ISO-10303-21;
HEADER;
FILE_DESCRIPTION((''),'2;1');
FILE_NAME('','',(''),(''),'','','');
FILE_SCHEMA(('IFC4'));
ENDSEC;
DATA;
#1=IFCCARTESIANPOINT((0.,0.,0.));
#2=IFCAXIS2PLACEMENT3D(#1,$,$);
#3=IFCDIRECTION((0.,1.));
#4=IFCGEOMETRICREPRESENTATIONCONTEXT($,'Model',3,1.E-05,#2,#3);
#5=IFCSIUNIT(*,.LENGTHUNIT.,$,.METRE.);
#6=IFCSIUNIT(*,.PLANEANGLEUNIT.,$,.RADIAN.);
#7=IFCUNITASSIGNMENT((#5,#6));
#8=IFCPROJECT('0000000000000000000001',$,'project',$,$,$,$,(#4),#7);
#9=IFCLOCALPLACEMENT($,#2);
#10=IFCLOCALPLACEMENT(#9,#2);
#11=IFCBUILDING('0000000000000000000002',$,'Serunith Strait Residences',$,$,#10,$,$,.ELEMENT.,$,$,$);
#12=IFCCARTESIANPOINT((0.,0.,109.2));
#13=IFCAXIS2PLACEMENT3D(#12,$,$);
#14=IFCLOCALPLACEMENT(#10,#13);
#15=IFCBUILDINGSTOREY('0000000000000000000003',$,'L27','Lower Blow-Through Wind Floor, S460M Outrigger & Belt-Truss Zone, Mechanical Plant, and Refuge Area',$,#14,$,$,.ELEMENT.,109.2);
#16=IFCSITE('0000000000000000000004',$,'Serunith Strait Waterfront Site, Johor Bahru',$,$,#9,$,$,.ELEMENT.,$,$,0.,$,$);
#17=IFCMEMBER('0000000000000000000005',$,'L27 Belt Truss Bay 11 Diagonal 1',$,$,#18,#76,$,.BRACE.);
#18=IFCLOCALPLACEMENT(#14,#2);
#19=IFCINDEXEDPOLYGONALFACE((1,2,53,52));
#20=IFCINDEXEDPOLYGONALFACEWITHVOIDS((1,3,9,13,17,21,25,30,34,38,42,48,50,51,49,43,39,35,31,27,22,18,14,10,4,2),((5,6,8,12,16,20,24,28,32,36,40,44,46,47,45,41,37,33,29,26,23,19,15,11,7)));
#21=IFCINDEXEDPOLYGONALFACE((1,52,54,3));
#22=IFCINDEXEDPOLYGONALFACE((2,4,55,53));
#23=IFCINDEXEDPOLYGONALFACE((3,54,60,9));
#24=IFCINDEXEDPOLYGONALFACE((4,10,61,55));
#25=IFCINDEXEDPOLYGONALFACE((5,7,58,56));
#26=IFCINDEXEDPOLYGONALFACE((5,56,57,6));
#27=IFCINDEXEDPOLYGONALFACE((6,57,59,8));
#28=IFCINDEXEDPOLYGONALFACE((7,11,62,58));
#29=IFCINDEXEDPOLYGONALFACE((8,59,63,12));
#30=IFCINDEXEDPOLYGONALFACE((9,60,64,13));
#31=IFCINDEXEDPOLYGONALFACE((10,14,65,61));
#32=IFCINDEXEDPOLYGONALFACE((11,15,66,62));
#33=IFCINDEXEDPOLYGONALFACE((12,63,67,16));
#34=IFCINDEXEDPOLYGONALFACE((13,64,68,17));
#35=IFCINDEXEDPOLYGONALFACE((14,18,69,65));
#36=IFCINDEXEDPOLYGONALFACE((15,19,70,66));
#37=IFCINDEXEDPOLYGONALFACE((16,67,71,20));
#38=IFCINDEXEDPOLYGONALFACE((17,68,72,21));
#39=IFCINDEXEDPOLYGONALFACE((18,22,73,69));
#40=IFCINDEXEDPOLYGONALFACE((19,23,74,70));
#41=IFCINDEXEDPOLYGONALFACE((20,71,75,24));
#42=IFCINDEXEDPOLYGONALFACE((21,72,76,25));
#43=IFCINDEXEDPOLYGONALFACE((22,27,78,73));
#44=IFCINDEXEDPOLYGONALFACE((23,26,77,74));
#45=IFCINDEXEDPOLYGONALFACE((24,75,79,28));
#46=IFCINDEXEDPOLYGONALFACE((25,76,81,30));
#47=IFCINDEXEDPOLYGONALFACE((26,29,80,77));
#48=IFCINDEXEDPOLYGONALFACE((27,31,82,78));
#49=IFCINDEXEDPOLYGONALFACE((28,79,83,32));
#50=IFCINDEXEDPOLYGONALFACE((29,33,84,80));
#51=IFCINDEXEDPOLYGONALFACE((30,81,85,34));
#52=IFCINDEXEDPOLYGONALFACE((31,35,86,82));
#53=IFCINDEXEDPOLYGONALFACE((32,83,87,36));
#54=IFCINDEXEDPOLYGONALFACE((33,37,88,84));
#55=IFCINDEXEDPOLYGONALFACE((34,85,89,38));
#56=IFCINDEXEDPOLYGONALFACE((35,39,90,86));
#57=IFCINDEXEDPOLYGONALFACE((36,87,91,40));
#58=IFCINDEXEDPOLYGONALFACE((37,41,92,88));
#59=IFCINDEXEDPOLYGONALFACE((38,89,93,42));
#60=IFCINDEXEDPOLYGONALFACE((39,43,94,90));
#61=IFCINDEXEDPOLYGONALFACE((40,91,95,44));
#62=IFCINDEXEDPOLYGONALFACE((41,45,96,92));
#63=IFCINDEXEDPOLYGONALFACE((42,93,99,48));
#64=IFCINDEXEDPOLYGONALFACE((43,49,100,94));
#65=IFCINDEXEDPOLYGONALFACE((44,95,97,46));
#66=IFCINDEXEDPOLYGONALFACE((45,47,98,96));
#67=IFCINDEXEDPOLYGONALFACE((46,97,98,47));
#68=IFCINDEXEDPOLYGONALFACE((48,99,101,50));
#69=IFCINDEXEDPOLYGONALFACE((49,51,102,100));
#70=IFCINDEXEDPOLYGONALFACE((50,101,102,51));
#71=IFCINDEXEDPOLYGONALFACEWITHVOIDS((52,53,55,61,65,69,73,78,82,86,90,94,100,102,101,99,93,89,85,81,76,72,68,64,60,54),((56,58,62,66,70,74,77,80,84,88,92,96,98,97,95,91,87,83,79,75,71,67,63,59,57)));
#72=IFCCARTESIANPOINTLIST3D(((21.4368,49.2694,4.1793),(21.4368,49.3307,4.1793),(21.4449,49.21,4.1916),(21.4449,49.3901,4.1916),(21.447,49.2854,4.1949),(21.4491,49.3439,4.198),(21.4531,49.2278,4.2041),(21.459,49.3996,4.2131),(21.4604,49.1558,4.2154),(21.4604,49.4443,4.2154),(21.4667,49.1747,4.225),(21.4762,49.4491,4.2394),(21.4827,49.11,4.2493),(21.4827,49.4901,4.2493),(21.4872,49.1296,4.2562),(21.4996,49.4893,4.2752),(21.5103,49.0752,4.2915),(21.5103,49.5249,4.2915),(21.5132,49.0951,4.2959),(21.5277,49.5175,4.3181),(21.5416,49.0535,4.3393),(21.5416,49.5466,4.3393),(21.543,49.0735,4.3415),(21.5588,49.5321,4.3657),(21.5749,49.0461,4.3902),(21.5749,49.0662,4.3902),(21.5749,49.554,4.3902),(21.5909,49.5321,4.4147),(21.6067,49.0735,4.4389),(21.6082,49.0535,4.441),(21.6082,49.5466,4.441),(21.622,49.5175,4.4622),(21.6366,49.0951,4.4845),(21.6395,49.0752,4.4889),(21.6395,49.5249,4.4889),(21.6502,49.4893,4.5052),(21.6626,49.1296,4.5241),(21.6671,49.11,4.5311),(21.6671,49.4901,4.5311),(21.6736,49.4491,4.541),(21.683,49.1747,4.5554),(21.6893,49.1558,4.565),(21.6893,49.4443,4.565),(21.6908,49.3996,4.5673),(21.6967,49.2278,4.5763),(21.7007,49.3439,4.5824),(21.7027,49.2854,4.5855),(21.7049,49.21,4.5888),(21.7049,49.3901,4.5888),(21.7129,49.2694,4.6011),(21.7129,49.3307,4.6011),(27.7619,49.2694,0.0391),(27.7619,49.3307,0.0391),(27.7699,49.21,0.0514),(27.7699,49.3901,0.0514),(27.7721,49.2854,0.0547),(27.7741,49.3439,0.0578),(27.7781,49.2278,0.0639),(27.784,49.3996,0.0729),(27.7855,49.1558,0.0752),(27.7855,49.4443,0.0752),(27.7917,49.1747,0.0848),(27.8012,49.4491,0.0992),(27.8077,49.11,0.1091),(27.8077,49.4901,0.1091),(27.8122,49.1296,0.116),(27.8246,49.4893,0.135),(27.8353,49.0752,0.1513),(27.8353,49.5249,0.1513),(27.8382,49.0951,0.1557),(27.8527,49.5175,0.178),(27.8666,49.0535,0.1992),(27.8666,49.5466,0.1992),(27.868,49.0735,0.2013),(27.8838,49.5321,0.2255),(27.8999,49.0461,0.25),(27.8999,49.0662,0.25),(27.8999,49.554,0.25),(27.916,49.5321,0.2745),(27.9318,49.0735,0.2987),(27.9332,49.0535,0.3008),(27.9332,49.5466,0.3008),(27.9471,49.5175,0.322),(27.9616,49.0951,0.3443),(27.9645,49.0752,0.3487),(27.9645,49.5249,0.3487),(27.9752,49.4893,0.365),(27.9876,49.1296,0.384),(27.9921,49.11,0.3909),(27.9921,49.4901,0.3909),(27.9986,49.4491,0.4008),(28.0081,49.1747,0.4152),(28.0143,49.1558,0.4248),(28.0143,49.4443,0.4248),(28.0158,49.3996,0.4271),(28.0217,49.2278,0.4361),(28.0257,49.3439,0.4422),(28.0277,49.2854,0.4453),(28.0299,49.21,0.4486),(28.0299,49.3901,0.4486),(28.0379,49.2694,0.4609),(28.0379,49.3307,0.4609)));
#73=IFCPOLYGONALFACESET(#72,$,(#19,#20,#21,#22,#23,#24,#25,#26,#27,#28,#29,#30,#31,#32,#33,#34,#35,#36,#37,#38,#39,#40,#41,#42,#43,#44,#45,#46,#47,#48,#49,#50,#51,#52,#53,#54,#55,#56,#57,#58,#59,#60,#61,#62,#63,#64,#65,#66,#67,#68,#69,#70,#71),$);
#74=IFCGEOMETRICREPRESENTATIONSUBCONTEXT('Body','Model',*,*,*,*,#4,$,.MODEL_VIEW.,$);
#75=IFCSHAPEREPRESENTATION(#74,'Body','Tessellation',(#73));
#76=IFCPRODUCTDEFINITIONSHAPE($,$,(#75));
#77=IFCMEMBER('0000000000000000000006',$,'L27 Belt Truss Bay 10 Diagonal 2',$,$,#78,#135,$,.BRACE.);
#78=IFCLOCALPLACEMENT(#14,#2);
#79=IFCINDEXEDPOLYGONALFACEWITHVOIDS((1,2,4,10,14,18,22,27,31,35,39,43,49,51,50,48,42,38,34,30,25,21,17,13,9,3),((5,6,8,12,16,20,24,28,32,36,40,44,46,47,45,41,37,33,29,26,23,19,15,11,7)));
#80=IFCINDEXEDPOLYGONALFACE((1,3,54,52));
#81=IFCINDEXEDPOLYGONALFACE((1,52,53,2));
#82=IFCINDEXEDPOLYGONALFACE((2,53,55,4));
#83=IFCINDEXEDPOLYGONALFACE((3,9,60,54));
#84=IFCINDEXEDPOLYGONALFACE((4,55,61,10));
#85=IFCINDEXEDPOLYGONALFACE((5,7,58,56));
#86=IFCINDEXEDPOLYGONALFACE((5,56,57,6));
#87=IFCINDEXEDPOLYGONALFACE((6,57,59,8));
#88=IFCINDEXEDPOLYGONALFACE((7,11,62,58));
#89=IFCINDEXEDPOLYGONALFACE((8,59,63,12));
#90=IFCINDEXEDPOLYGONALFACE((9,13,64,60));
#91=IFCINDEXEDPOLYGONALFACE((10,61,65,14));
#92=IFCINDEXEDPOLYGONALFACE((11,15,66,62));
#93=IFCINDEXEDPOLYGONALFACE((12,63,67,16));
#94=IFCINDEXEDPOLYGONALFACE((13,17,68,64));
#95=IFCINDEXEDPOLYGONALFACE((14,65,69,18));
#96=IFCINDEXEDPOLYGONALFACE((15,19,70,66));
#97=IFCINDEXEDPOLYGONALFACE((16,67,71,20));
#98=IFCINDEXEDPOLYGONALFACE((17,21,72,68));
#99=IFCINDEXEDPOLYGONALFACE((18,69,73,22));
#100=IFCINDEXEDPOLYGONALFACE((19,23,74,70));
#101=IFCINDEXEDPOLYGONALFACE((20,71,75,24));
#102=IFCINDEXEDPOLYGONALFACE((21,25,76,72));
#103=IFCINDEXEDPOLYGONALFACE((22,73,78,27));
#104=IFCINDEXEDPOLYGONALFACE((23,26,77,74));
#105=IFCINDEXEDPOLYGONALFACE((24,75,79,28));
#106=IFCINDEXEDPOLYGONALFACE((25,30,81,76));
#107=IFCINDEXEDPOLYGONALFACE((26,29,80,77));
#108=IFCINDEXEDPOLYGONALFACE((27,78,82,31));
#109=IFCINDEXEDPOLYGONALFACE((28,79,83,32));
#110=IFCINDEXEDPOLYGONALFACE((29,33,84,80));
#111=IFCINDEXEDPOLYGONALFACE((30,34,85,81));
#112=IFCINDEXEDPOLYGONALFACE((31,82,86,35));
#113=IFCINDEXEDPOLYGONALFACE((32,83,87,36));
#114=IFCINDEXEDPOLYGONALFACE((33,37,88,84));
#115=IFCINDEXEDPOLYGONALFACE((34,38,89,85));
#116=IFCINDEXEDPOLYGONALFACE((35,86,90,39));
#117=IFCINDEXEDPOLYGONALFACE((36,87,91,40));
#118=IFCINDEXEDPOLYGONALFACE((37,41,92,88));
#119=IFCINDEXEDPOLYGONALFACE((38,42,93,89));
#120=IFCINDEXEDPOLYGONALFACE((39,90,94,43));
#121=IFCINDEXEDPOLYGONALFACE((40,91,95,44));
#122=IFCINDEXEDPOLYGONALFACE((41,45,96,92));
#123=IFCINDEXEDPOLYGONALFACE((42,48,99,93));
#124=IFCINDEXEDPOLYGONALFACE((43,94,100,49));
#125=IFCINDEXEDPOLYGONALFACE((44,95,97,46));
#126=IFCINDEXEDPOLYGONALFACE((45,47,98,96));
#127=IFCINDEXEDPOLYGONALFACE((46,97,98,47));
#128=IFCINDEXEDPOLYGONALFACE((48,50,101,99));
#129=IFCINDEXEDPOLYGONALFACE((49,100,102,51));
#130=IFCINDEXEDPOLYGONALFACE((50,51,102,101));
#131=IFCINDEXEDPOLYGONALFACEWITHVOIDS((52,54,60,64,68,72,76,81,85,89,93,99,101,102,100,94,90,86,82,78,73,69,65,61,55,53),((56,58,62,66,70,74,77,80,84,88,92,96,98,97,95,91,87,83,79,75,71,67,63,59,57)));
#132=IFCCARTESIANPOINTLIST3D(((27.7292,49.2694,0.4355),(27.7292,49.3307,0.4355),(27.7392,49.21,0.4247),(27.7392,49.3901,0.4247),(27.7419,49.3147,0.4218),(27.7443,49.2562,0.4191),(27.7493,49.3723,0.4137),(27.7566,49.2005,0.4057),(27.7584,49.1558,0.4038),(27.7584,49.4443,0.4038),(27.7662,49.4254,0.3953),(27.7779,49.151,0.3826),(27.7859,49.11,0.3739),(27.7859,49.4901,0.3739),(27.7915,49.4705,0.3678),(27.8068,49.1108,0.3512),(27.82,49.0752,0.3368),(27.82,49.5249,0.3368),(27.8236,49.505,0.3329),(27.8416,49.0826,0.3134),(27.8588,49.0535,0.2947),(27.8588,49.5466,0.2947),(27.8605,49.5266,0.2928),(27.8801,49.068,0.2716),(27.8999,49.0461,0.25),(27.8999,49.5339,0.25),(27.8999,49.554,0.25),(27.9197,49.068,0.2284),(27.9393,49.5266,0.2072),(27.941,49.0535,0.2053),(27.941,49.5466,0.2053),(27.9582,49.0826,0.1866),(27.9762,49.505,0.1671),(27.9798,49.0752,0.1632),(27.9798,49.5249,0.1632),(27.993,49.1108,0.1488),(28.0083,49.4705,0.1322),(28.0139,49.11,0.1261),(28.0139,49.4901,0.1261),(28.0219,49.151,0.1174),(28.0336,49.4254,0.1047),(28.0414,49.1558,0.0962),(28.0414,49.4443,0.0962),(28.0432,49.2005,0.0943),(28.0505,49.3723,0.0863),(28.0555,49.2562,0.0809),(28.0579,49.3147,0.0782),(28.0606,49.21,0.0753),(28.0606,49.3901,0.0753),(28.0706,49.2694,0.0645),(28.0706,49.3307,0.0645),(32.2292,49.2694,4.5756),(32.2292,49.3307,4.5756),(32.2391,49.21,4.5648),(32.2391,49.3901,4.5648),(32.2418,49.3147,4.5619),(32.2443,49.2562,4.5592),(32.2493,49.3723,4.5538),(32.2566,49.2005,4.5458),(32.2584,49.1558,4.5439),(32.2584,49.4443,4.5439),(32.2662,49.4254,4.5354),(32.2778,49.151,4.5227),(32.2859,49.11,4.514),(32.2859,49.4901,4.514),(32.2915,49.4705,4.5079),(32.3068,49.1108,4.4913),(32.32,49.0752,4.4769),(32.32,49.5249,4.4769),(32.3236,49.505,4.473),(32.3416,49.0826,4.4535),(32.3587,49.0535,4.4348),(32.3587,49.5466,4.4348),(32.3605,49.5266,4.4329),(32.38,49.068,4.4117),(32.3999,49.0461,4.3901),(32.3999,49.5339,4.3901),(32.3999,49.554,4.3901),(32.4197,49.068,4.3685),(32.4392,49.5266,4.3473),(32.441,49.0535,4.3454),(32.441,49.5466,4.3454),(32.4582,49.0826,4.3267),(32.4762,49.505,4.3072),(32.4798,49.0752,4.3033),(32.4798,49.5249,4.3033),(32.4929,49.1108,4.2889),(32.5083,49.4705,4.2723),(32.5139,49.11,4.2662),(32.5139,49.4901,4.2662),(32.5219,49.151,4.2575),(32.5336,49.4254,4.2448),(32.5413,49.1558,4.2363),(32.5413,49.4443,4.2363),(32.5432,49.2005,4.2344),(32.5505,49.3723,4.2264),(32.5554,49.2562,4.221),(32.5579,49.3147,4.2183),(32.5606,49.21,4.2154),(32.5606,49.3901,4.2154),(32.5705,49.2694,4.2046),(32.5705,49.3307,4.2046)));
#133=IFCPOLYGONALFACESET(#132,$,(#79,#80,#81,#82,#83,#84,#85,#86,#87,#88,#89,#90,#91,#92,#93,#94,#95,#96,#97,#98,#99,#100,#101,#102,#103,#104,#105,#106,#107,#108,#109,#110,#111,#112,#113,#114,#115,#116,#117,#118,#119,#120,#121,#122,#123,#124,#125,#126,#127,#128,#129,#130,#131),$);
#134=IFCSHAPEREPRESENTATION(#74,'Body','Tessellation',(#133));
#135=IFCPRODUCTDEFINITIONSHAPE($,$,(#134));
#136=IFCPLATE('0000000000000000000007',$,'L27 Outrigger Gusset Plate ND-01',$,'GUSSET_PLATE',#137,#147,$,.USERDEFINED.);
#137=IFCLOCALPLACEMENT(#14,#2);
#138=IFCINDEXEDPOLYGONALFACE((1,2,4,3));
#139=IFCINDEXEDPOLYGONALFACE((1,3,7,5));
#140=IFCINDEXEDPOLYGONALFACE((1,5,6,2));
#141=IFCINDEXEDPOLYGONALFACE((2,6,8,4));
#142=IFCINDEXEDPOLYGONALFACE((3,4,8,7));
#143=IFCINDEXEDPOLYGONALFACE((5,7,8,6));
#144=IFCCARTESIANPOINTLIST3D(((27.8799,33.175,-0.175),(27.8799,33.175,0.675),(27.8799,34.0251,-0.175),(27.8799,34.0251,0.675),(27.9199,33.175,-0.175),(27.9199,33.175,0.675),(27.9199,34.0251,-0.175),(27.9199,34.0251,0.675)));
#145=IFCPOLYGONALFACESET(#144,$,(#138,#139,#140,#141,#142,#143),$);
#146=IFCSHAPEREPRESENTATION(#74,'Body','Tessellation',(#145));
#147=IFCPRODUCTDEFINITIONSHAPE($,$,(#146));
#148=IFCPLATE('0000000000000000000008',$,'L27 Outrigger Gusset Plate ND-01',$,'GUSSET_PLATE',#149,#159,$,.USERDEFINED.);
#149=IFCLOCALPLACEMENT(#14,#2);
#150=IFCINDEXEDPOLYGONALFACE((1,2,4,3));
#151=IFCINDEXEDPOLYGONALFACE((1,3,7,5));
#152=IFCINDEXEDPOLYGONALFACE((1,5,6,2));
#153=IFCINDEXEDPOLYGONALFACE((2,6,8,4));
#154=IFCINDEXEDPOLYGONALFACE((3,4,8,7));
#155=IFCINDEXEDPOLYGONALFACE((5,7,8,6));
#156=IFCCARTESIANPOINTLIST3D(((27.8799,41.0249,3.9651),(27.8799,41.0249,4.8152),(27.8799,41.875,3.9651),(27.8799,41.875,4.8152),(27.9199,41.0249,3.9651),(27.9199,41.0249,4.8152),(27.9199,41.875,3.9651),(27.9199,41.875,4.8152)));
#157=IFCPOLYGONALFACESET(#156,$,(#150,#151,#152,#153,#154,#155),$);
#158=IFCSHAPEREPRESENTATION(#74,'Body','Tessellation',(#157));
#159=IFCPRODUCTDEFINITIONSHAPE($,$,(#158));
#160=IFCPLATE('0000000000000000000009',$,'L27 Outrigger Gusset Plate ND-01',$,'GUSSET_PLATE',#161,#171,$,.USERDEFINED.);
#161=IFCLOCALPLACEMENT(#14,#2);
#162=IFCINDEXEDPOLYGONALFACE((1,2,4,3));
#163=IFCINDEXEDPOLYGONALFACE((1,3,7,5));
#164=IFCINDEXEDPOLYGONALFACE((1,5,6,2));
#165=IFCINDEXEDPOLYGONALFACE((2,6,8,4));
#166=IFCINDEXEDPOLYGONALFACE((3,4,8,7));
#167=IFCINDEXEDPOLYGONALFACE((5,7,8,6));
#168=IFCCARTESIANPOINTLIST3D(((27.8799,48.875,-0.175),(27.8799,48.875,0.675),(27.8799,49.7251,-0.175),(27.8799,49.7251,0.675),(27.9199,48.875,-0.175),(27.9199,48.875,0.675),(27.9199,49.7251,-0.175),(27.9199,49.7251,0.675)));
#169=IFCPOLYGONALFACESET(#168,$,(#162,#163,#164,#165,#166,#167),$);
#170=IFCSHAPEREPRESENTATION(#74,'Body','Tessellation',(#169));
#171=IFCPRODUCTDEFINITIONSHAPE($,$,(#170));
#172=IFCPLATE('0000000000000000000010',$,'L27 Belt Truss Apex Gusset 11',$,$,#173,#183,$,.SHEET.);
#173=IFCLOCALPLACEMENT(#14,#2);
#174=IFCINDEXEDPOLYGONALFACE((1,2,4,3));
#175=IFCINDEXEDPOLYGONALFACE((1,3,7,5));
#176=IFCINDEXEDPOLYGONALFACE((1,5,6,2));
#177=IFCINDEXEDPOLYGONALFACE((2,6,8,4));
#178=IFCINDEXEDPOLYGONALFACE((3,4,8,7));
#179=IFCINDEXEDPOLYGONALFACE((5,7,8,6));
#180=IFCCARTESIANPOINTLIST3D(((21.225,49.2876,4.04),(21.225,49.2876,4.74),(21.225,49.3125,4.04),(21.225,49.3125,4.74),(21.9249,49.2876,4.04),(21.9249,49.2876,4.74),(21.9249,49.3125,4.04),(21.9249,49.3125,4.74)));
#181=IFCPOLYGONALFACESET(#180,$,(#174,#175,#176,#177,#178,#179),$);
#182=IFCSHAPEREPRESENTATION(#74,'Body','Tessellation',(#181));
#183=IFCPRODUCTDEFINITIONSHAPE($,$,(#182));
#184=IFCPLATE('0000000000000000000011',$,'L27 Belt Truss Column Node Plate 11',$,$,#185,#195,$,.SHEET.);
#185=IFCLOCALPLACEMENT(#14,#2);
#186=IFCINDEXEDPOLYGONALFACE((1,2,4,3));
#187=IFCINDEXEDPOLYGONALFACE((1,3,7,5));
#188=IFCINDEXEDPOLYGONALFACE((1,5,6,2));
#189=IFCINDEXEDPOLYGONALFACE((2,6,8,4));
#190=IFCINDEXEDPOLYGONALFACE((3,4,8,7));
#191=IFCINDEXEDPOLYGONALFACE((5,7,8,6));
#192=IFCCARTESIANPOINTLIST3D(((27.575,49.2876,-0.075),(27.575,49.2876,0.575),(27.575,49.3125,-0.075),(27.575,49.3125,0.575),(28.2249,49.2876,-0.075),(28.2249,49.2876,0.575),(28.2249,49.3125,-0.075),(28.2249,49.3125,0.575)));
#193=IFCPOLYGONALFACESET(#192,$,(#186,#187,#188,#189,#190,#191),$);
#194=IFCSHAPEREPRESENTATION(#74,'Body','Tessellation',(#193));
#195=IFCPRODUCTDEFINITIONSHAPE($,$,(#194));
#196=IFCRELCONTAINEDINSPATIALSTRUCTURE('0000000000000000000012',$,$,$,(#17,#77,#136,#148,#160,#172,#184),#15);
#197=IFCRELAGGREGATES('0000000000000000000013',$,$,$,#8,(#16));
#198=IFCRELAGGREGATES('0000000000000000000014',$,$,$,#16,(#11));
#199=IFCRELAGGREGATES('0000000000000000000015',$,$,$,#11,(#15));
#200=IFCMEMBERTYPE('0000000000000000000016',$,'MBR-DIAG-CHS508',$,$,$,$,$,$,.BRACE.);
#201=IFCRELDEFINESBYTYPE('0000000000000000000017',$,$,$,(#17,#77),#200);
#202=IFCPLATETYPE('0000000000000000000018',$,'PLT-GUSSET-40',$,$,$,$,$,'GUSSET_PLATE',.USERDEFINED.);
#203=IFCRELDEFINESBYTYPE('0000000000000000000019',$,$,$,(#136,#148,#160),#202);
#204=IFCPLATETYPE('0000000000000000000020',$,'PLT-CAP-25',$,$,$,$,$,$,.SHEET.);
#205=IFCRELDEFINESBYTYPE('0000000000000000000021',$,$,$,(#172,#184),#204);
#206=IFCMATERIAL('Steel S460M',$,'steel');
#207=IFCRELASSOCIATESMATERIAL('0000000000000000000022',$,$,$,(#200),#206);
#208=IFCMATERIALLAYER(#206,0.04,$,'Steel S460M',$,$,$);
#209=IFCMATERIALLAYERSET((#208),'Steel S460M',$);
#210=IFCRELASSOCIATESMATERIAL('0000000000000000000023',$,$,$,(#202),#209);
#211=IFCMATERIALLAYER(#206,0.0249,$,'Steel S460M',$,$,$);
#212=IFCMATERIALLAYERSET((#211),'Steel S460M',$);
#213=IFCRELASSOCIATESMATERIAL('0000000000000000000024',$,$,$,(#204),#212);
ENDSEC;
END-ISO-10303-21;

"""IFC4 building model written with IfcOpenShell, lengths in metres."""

from ifc_helpers import new_model, si_unit, direction, frame, origin, origin_2d, place, context, subcontext, project, spatial, rectangle, hollow_circle, extrude, source, transform, mapped, material, layer, layer_set, material_profile, profile_set, type_object, element, save


model = new_model("IFC4")

# Units and contexts
model_context = context("Model", 3, precision=1e-05, world=origin(), true_north=direction((0.0, 1.0)))
body_context = subcontext(model_context, "Body", "Model", "MODEL_VIEW")
ifc_project = project(units=[si_unit("LENGTHUNIT", "METRE"), si_unit("PLANEANGLEUNIT", "RADIAN")], contexts=[model_context])

# Site, building, storey
site_placement = place(None, origin())
site = spatial("IfcSite", under=ifc_project, at=site_placement, Name="Serunith Strait Waterfront Site, Johor Bahru", CompositionType="ELEMENT", RefElevation=0.0)
building_placement = place(site_placement, origin())
building = spatial("IfcBuilding", under=site, at=building_placement, Name="Serunith Strait Residences", CompositionType="ELEMENT")
storey_placement = place(building_placement, frame((0.0, 0.0, 109.2)))
storey = spatial("IfcBuildingStorey", under=building, at=storey_placement, Name="L27", Description="Lower Blow-Through Wind Floor, S460M Outrigger & Belt-Truss Zone, Mechanical Plant, and Refuge Area", CompositionType="ELEMENT", Elevation=109.2)

# Members
ifc_material_1 = material(Name="Steel S460M", Category="steel")
ifc_material_profile_1 = material_profile(ifc_material_1, hollow_circle(Radius=0.2539, WallThickness=0.02, at=origin_2d()), Name="CHS 508x20")
ifc_profile_set_1 = profile_set([ifc_material_profile_1], Name="Steel S460M")
member_type_1 = type_object("IfcMemberType", Name="MBR-DIAG-CHS508", PredefinedType="BRACE", material=ifc_profile_set_1)
shared_shape_1 = source(origin(), body_context, "Body", "SweptSolid", [
    extrude(hollow_circle(Radius=0.2539, WallThickness=0.02, at=origin_2d()), origin(), (0.0, 0.0, 1.0), 7.5596),
])
member_1_placement = place(storey_placement, frame((27.8999, 49.3, 0.25), z_axis=(-0.836691, 0.0, 0.547675), x_axis=(0.0, -1.0, 0.0)))
element("IfcMember", 1, at=member_1_placement, inside=storey, type_object=member_type_1, Name="L27 Belt Truss Bay 11 Diagonal 1", PredefinedType="BRACE", context=body_context, shape_type="MappedRepresentation", body=[
    mapped(shared_shape_1, transform((0.0, 0.0, 0.0), scale=1.0)),
])
shared_shape_2 = source(origin(), body_context, "Body", "SweptSolid", [
    extrude(hollow_circle(Radius=0.2539, WallThickness=0.02, at=origin_2d()), origin(), (0.0, 0.0, 1.0), 6.1147),
])
member_2_placement = place(storey_placement, frame((27.8999, 49.3, 0.25), z_axis=(0.73592, 0.0, 0.677069), x_axis=(0.0, 1.0, 0.0)))
element("IfcMember", 2, at=member_2_placement, inside=storey, type_object=member_type_1, Name="L27 Belt Truss Bay 10 Diagonal 2", PredefinedType="BRACE", context=body_context, shape_type="MappedRepresentation", body=[
    mapped(shared_shape_2, transform((0.0, 0.0, 0.0), scale=1.0)),
])

# Plates
ifc_layer_1 = layer(ifc_material_1, 0.04, Name="Steel S460M")
ifc_layer_set_1 = layer_set([ifc_layer_1], Name="Steel S460M")
plate_type_1 = type_object("IfcPlateType", Name="PLT-GUSSET-40", ElementType="GUSSET_PLATE", PredefinedType="USERDEFINED", material=ifc_layer_set_1)
shared_shape_3 = source(origin(), body_context, "Body", "SweptSolid", [
    extrude(rectangle(XDim=0.8501, YDim=0.04, at=origin_2d()), origin(), (0.0, 0.0, 1.0), 0.8501),
])
for number, where, z_axis, x_axis, name in (
    (3, (27.8999, 33.6001, -0.175), (0.0, 0.0, 1.0), (0.0, 1.0, 0.0), "L27 Outrigger Gusset Plate ND-01"),
    (4, (27.8999, 41.45, 3.9651), (0.0, 0.0, 1.0), (0.0, 1.0, 0.0), "L27 Outrigger Gusset Plate ND-01"),
    (5, (27.8999, 49.3, -0.175), (0.0, 0.0, 1.0), (0.0, 1.0, 0.0), "L27 Outrigger Gusset Plate ND-01"),
):
    element("IfcPlate", number, at=place(storey_placement, frame(where, z_axis=z_axis, x_axis=x_axis)), inside=storey, type_object=plate_type_1, Name=name, ObjectType="GUSSET_PLATE", PredefinedType="USERDEFINED", context=body_context, shape_type="MappedRepresentation", body=[
        mapped(shared_shape_3, transform((0.0, 0.0, 0.0), scale=1.0)),
    ])
ifc_layer_2 = layer(ifc_material_1, 0.0249, Name="Steel S460M")
ifc_layer_set_2 = layer_set([ifc_layer_2], Name="Steel S460M")
plate_type_2 = type_object("IfcPlateType", Name="PLT-CAP-25", PredefinedType="SHEET", material=ifc_layer_set_2)
shared_shape_4 = source(origin(), body_context, "Body", "SweptSolid", [
    extrude(rectangle(XDim=0.7, YDim=0.0249, at=origin_2d()), origin(), (0.0, 0.0, 1.0), 0.7),
])
plate_placement = place(storey_placement, frame((21.575, 49.3, 4.04), z_axis=(0.0, 0.0, 1.0), x_axis=(-1.0, 0.0, 0.0)))
element("IfcPlate", 6, at=plate_placement, inside=storey, type_object=plate_type_2, Name="L27 Belt Truss Apex Gusset 11", PredefinedType="SHEET", context=body_context, shape_type="MappedRepresentation", body=[
    mapped(shared_shape_4, transform((0.0, 0.0, 0.0), scale=1.0)),
])
shared_shape_5 = source(origin(), body_context, "Body", "SweptSolid", [
    extrude(rectangle(XDim=0.6499, YDim=0.0249, at=origin_2d()), origin(), (0.0, 0.0, 1.0), 0.6499),
])
for number, where, z_axis, x_axis, name in (
    (7, (27.8999, 49.3, -0.075), (0.0, 0.0, 1.0), (-1.0, 0.0, 0.0), "L27 Belt Truss Column Node Plate 11"),
):
    element("IfcPlate", number, at=place(storey_placement, frame(where, z_axis=z_axis, x_axis=x_axis)), inside=storey, type_object=plate_type_2, Name=name, PredefinedType="SHEET", context=body_context, shape_type="MappedRepresentation", body=[
        mapped(shared_shape_5, transform((0.0, 0.0, 0.0), scale=1.0)),
    ])

save(model, "model.ifc")
